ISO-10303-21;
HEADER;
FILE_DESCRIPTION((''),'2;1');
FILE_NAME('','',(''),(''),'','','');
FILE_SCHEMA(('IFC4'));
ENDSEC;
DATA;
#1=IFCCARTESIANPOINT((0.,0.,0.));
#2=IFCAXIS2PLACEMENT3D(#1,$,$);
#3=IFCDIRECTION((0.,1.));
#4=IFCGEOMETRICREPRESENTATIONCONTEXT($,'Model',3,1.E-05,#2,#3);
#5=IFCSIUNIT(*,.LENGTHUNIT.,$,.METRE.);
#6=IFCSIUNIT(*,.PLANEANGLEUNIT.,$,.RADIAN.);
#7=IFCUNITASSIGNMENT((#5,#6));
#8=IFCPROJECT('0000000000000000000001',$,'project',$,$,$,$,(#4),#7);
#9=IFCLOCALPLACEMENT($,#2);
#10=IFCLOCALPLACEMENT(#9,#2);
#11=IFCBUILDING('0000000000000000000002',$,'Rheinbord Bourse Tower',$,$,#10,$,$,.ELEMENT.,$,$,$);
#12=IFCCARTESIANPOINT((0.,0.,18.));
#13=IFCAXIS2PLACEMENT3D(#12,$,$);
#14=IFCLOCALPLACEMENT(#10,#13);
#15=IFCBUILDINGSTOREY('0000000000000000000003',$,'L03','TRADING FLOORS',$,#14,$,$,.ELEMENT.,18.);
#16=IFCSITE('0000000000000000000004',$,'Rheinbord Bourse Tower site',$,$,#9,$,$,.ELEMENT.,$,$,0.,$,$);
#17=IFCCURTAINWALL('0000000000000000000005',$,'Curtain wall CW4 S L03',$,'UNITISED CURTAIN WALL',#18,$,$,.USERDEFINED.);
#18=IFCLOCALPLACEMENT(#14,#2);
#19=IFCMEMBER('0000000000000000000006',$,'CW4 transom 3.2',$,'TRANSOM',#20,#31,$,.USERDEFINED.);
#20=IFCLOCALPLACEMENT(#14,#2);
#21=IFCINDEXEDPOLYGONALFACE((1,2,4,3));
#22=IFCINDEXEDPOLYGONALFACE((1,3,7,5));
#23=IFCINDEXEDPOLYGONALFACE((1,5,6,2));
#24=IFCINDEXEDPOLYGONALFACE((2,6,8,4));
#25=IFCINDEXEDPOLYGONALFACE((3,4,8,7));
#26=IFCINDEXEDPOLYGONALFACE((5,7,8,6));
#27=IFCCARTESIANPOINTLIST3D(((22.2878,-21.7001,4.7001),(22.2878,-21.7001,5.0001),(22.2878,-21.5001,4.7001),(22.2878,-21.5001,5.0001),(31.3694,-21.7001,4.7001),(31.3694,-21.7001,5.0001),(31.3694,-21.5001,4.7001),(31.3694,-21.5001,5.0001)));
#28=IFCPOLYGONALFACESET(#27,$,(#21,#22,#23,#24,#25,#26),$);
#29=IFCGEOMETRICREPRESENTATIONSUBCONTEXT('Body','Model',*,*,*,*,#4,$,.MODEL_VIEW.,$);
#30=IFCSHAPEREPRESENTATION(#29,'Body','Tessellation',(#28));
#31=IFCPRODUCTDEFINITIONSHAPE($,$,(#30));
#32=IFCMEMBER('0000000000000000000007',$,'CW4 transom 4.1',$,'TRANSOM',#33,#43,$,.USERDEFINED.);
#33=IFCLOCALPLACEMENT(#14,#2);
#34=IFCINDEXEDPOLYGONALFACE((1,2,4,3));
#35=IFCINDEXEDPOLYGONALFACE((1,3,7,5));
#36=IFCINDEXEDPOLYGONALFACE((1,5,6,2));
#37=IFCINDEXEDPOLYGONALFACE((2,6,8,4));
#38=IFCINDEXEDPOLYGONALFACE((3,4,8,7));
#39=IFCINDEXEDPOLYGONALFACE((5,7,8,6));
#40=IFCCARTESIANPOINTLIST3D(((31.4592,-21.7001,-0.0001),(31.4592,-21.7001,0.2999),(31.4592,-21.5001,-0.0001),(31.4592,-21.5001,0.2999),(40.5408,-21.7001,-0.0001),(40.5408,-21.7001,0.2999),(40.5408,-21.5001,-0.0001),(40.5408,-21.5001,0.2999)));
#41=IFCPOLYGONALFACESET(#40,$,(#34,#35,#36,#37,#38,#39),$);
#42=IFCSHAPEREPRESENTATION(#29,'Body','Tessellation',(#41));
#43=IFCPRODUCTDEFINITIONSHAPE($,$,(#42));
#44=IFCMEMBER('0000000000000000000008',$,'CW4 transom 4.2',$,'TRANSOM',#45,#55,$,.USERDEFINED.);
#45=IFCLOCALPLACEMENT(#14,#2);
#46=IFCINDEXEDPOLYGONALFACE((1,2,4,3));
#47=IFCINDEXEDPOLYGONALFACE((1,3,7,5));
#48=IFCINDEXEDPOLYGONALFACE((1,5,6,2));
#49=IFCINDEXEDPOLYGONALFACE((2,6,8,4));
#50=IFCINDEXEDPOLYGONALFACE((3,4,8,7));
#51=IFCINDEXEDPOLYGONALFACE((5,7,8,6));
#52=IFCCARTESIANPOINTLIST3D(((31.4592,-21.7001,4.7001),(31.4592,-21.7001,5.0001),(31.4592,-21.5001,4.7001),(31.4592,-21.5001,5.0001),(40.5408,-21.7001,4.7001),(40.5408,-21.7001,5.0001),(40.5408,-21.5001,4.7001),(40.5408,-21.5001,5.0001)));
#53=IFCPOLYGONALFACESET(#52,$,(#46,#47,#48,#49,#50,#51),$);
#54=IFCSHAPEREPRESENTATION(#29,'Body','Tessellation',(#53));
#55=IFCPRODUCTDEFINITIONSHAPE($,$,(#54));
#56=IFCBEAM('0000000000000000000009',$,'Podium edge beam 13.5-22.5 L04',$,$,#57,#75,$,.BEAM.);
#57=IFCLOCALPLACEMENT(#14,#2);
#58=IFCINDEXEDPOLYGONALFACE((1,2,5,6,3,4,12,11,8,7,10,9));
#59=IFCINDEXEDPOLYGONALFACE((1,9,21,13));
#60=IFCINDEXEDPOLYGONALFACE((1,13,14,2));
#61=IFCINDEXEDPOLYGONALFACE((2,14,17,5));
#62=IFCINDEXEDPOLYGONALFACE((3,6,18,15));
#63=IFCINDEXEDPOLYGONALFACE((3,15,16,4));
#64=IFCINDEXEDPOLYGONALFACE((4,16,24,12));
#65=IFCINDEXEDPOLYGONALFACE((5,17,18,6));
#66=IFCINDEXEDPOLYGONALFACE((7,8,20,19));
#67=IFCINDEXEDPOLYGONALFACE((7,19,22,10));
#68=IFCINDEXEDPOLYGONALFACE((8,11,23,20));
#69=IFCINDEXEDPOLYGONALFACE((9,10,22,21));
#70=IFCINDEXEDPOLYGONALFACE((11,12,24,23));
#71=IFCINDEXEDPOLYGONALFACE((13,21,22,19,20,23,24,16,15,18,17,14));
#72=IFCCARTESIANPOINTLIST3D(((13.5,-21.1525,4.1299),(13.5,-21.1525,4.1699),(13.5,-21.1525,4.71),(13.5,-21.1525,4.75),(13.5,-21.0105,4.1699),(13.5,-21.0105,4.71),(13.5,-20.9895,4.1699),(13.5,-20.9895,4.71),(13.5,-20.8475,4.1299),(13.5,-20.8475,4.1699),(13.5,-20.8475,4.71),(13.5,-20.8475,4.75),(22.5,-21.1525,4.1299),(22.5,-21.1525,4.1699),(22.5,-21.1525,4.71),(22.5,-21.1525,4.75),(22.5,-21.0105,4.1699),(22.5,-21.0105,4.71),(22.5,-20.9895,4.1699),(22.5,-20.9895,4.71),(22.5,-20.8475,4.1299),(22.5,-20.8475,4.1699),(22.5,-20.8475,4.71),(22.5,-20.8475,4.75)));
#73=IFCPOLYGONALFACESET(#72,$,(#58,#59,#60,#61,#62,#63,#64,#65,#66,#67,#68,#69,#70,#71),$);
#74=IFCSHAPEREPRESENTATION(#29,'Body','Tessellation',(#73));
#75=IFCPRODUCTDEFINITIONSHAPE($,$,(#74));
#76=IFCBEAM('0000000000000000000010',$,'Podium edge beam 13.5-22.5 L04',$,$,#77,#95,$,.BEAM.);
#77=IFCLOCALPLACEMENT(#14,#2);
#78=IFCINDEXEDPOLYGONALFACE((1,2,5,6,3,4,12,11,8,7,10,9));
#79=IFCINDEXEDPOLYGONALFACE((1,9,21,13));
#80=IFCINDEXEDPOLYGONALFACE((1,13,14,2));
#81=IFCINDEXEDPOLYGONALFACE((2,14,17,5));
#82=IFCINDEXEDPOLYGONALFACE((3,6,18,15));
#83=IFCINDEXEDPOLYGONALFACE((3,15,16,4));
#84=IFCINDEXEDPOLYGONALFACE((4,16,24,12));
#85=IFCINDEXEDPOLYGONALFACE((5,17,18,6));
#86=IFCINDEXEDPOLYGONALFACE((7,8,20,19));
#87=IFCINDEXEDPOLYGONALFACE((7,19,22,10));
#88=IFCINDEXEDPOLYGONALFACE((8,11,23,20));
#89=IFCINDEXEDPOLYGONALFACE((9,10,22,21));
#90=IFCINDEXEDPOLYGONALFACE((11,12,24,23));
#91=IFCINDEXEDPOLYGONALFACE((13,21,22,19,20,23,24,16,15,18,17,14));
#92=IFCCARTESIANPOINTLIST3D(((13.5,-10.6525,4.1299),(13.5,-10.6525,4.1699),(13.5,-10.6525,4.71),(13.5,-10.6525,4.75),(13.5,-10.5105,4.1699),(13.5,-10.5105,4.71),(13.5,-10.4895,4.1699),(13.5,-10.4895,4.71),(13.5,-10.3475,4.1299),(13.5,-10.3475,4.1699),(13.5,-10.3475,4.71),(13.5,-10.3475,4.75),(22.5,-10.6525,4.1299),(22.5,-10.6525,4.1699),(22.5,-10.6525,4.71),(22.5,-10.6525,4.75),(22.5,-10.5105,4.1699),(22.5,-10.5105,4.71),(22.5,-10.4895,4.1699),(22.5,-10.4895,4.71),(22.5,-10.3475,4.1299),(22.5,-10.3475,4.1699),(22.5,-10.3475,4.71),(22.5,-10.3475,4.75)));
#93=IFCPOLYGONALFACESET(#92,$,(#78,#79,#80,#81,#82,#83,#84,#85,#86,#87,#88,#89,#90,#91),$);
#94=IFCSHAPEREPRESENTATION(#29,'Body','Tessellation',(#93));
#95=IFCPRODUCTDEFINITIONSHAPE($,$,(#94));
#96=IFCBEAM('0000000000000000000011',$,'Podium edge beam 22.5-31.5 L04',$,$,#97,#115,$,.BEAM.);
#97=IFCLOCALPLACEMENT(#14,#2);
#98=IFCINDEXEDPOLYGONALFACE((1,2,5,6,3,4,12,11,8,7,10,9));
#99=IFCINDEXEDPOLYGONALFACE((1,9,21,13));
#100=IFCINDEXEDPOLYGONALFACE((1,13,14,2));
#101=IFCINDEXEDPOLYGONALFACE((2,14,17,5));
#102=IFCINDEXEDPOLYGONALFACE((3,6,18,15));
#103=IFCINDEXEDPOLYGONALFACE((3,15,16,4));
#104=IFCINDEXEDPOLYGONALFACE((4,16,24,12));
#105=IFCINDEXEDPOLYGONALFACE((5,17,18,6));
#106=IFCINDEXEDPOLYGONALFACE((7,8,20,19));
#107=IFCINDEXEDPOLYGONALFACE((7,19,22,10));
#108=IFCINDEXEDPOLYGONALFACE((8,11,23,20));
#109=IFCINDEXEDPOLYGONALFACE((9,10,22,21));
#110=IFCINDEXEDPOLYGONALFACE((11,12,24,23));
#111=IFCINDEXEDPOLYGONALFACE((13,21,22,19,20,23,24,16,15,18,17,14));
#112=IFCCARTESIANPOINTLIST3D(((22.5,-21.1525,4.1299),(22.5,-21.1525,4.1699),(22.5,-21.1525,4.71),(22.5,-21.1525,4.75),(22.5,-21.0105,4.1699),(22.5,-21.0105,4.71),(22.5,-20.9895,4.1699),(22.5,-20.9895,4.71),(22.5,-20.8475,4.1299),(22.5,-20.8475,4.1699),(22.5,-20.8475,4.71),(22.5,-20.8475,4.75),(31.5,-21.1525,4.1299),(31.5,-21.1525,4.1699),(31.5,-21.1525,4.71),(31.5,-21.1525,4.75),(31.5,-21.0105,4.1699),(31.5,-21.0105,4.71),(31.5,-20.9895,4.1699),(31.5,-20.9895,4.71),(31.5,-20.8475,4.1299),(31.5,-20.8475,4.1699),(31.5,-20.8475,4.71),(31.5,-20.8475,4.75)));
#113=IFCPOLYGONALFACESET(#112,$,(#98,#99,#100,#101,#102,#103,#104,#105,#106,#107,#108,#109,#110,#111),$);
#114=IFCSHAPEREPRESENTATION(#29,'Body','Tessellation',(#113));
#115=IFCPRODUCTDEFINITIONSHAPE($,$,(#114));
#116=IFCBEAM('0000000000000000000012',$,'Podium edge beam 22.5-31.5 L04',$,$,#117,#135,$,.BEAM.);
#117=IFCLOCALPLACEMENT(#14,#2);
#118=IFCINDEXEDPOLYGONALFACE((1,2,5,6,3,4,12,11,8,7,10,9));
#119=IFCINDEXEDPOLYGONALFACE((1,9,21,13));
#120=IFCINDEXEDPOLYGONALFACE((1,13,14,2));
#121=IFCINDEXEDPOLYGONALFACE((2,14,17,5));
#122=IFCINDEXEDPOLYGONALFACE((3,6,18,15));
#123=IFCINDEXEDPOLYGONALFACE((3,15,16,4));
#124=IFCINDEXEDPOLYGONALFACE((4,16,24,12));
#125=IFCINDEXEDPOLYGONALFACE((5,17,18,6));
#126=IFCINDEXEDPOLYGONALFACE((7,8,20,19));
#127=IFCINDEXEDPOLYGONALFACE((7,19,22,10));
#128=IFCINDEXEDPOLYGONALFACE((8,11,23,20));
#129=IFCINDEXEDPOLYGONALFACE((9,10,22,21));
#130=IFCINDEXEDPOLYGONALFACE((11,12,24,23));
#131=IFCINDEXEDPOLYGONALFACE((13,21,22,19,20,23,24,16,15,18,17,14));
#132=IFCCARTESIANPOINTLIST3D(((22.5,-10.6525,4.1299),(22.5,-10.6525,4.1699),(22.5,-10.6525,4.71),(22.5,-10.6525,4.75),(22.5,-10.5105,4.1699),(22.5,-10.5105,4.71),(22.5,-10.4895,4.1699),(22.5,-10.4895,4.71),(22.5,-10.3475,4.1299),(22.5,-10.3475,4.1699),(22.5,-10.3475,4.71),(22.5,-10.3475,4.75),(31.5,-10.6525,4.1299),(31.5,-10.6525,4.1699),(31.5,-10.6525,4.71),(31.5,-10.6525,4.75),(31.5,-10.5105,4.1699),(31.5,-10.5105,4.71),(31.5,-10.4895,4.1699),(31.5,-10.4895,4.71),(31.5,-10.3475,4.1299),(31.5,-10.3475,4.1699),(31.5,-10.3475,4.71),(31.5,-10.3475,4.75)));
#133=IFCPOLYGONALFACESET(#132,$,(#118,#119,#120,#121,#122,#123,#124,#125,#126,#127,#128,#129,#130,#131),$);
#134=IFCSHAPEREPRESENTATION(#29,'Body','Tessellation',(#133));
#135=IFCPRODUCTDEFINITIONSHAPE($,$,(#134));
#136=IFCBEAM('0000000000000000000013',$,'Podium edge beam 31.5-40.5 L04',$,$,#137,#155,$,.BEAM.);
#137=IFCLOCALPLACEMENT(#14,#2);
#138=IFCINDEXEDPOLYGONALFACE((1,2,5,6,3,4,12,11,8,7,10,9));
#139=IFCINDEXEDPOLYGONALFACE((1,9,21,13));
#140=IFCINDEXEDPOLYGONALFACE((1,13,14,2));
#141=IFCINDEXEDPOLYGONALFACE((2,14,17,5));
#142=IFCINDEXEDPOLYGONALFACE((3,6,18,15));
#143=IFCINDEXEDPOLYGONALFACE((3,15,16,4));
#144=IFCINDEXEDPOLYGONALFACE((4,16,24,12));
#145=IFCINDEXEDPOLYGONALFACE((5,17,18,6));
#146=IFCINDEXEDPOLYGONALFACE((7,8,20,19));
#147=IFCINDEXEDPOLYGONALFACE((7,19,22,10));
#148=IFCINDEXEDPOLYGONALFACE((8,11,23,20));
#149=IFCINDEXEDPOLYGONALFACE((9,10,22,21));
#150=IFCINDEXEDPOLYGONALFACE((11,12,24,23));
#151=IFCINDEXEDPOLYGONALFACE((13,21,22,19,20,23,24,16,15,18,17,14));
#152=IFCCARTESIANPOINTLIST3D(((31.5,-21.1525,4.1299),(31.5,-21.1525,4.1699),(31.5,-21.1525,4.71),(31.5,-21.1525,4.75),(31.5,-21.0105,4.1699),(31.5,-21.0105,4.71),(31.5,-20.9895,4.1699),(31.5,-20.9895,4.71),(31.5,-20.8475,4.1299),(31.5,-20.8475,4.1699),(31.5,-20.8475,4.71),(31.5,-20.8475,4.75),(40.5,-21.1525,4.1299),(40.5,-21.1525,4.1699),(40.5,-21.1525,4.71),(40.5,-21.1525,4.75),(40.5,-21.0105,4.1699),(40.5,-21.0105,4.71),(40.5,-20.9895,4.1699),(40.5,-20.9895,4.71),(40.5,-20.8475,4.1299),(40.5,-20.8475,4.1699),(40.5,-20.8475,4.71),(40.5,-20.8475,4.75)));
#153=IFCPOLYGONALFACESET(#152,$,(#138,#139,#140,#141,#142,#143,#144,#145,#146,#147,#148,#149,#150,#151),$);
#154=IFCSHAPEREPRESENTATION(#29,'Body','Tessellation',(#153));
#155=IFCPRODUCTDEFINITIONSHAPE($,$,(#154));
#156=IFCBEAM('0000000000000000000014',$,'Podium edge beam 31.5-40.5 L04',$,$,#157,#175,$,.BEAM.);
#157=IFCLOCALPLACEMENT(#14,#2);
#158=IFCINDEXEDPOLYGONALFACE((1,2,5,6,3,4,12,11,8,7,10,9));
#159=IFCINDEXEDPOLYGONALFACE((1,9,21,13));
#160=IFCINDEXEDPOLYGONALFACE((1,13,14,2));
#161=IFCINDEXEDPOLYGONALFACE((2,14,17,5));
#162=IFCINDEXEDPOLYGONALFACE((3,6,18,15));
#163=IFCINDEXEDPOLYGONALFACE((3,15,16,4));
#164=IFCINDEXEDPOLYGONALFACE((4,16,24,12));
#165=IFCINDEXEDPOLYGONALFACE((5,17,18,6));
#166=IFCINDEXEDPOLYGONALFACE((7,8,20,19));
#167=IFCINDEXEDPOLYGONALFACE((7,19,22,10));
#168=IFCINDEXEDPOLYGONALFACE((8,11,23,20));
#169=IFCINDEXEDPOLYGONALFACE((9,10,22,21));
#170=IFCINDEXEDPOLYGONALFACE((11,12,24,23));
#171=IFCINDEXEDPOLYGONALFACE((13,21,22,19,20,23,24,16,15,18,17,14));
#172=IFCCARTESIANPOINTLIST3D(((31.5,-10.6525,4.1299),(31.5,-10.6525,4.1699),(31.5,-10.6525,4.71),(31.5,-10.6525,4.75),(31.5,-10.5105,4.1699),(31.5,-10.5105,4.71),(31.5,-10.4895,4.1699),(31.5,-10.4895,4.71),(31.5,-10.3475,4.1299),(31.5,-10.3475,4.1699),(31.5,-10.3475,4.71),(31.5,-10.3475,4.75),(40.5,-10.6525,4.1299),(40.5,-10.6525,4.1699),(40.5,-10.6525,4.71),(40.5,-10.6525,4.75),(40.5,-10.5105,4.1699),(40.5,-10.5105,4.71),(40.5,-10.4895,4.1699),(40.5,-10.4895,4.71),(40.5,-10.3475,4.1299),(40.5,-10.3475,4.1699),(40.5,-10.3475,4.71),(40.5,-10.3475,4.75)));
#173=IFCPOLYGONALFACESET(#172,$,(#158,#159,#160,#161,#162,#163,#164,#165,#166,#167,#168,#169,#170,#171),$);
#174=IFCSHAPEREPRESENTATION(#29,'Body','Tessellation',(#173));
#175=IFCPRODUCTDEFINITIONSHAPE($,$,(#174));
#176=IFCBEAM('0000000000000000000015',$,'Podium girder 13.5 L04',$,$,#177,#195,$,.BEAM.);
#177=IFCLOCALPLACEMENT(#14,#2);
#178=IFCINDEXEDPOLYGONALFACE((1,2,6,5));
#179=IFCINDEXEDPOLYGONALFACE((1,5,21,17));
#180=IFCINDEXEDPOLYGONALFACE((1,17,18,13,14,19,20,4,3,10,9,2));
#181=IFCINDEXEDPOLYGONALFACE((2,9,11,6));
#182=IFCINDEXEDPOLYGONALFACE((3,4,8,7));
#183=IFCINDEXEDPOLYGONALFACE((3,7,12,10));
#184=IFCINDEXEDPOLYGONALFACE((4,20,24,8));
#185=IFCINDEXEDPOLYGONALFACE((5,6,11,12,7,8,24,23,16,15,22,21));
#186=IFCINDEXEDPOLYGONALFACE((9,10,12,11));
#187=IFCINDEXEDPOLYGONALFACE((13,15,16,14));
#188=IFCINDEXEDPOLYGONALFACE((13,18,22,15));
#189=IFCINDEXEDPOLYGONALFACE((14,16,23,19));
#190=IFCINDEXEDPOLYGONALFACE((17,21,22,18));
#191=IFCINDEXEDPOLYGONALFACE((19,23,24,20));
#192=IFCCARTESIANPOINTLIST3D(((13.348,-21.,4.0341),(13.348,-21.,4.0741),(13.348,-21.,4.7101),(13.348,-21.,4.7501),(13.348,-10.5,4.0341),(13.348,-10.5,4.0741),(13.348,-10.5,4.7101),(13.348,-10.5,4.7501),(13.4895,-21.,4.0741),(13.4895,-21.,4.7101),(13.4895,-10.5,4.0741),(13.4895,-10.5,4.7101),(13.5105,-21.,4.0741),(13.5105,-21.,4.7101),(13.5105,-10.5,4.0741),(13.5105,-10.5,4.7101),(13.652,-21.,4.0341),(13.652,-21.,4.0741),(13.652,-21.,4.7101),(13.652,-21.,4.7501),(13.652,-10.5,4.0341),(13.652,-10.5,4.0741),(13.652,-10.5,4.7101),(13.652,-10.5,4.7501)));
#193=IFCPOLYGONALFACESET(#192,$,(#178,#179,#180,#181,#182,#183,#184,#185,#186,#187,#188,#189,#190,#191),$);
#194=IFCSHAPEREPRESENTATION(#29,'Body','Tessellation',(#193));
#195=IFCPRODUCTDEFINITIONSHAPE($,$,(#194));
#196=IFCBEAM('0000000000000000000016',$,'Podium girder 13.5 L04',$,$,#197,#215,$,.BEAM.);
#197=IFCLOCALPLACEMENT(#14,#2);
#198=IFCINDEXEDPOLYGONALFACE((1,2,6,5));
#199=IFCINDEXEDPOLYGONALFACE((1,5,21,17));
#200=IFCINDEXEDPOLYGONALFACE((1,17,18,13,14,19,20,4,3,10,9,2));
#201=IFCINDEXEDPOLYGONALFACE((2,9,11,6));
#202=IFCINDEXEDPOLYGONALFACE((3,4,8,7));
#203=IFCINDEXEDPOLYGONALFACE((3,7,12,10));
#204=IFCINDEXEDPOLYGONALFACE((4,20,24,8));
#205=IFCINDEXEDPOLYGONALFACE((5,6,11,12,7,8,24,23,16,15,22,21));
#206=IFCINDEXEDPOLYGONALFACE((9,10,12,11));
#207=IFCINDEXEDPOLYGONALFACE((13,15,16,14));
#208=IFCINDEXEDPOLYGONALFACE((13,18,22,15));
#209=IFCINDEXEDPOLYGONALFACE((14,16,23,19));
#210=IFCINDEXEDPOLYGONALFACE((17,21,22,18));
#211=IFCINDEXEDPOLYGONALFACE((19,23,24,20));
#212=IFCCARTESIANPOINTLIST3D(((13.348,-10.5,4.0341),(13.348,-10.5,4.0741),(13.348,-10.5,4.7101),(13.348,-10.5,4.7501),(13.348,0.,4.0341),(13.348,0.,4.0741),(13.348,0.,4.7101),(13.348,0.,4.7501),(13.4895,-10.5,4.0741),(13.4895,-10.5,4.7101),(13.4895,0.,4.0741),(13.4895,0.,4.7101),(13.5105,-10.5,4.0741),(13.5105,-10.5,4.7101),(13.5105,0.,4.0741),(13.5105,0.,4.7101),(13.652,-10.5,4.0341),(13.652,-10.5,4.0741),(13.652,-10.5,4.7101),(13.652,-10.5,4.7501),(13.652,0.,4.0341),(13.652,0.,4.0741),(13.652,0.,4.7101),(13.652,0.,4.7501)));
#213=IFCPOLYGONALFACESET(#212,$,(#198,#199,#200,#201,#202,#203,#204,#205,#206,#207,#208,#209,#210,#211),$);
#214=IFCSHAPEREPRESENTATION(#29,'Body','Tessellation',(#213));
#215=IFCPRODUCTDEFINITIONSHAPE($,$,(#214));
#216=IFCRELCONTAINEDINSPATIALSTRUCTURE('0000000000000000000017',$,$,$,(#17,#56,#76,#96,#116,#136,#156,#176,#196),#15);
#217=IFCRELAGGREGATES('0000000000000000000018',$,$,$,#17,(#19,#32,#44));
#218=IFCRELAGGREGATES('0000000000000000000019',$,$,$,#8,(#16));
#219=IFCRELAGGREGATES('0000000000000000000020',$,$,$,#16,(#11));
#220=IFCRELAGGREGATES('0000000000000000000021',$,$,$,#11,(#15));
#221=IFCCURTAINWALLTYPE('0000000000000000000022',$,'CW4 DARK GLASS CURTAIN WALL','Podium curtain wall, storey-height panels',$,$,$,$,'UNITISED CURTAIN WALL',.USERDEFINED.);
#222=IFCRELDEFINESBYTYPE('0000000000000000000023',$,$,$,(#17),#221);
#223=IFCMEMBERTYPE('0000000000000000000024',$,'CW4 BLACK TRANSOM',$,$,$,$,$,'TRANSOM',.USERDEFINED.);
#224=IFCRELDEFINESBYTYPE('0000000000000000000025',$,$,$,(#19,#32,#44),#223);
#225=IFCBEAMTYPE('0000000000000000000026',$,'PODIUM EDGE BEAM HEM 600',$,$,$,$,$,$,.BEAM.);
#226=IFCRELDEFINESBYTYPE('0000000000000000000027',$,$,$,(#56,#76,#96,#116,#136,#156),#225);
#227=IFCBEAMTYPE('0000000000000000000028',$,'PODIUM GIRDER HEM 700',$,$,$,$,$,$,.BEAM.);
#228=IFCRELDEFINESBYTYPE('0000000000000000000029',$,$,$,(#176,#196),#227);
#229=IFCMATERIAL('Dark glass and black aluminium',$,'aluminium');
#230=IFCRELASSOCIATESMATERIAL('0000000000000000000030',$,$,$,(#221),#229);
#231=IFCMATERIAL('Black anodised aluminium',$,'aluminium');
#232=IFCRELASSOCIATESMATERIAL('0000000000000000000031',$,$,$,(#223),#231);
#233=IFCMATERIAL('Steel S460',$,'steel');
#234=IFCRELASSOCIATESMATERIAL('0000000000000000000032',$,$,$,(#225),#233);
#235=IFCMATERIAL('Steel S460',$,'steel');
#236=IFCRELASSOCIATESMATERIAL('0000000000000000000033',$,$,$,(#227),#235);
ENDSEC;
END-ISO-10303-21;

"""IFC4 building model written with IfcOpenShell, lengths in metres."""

from ifc_helpers import new_model, si_unit, direction, frame, origin, origin_2d, place, context, subcontext, project, spatial, rectangle, i_section, extrude, material, material_profile, profile_set, type_object, element, aggregate, save


model = new_model("IFC4")

# Units and contexts
model_context = context("Model", 3, precision=1e-05, world=origin(), true_north=direction((0.0, 1.0)))
body_context = subcontext(model_context, "Body", "Model", "MODEL_VIEW")
ifc_project = project(units=[si_unit("LENGTHUNIT", "METRE"), si_unit("PLANEANGLEUNIT", "RADIAN")], contexts=[model_context])

# Site, building, storey
site_placement = place(None, origin())
site = spatial("IfcSite", under=ifc_project, at=site_placement, Name="Rheinbord Bourse Tower site", CompositionType="ELEMENT", RefElevation=0.0)
building_placement = place(site_placement, origin())
building = spatial("IfcBuilding", under=site, at=building_placement, Name="Rheinbord Bourse Tower", CompositionType="ELEMENT")
storey_placement = place(building_placement, frame((0.0, 0.0, 18.0)))
storey = spatial("IfcBuildingStorey", under=building, at=storey_placement, Name="L03", Description="TRADING FLOORS", CompositionType="ELEMENT", Elevation=18.0)

# Curtain wall, members
ifc_material_1 = material(Name="Dark glass and black aluminium", Category="aluminium")
curtain_wall_type = type_object("IfcCurtainWallType", Name="CW4 DARK GLASS CURTAIN WALL", Description="Podium curtain wall, storey-height panels", ElementType="UNITISED CURTAIN WALL", PredefinedType="USERDEFINED", material=ifc_material_1)
curtain_wall_placement = place(storey_placement, origin())
curtain_wall = element("IfcCurtainWall", 1, at=curtain_wall_placement, inside=storey, type_object=curtain_wall_type, Name="Curtain wall CW4 S L03", ObjectType="UNITISED CURTAIN WALL", PredefinedType="USERDEFINED")
ifc_material_2 = material(Name="Black anodised aluminium", Category="aluminium")
ifc_material_profile_1 = material_profile(ifc_material_2, rectangle(XDim=0.2, YDim=0.3, at=origin_2d()), Name="CW4 TRANSOM 300x200")
ifc_profile_set_1 = profile_set([ifc_material_profile_1], Name="Black anodised aluminium")
member_type_1 = type_object("IfcMemberType", Name="CW4 BLACK TRANSOM", ElementType="TRANSOM", PredefinedType="USERDEFINED", material=ifc_profile_set_1)
member_1_placement = place(storey_placement, frame((22.2878, -21.6001, 4.8501), z_axis=(1.0, 0.0, 0.0), x_axis=(0.0, 1.0, 0.0)))
member_1 = element("IfcMember", 2, at=member_1_placement, type_object=member_type_1, Name="CW4 transom 3.2", ObjectType="TRANSOM", PredefinedType="USERDEFINED", context=body_context, shape_type="SweptSolid", body=[
    extrude(rectangle(XDim=0.2, YDim=0.3, at=origin_2d()), origin(), (0.0, 0.0, 1.0), 9.0815),
])
member_2_placement = place(storey_placement, frame((31.4592, -21.6001, 0.1499), z_axis=(1.0, 0.0, 0.0), x_axis=(0.0, 1.0, 0.0)))
member_2 = element("IfcMember", 3, at=member_2_placement, type_object=member_type_1, Name="CW4 transom 4.1", ObjectType="TRANSOM", PredefinedType="USERDEFINED", context=body_context, shape_type="SweptSolid", body=[
    extrude(rectangle(XDim=0.2, YDim=0.3, at=origin_2d()), origin(), (0.0, 0.0, 1.0), 9.0815),
])
member_3_placement = place(storey_placement, frame((31.4592, -21.6001, 4.8501), z_axis=(1.0, 0.0, 0.0), x_axis=(0.0, 1.0, 0.0)))
member_3 = element("IfcMember", 4, at=member_3_placement, type_object=member_type_1, Name="CW4 transom 4.2", ObjectType="TRANSOM", PredefinedType="USERDEFINED", context=body_context, shape_type="SweptSolid", body=[
    extrude(rectangle(XDim=0.2, YDim=0.3, at=origin_2d()), origin(), (0.0, 0.0, 1.0), 9.0815),
])

# Beams
ifc_material_3 = material(Name="Steel S460", Category="steel")
ifc_material_profile_2 = material_profile(ifc_material_3, i_section(OverallWidth=0.3049, OverallDepth=0.6201, WebThickness=0.021, FlangeThickness=0.04, at=origin_2d()), Name="HEM 600")
ifc_profile_set_2 = profile_set([ifc_material_profile_2], Name="Steel S460")
beam_type_1 = type_object("IfcBeamType", Name="PODIUM EDGE BEAM HEM 600", PredefinedType="BEAM", material=ifc_profile_set_2)
for number, where, z_axis, x_axis, name in (
    (5, (13.5, -21.0, 4.4399), (1.0, 0.0, 0.0), (0.0, 1.0, 0.0), "Podium edge beam 13.5-22.5 L04"),
    (6, (13.5, -10.5, 4.4399), (1.0, 0.0, 0.0), (0.0, 1.0, 0.0), "Podium edge beam 13.5-22.5 L04"),
    (7, (22.5, -21.0, 4.4399), (1.0, 0.0, 0.0), (0.0, 1.0, 0.0), "Podium edge beam 22.5-31.5 L04"),
    (8, (22.5, -10.5, 4.4399), (1.0, 0.0, 0.0), (0.0, 1.0, 0.0), "Podium edge beam 22.5-31.5 L04"),
    (9, (31.5, -21.0, 4.4399), (1.0, 0.0, 0.0), (0.0, 1.0, 0.0), "Podium edge beam 31.5-40.5 L04"),
    (10, (31.5, -10.5, 4.4399), (1.0, 0.0, 0.0), (0.0, 1.0, 0.0), "Podium edge beam 31.5-40.5 L04"),
):
    element("IfcBeam", number, at=place(storey_placement, frame(where, z_axis=z_axis, x_axis=x_axis)), inside=storey, type_object=beam_type_1, Name=name, PredefinedType="BEAM", context=body_context, shape_type="SweptSolid", body=[
        extrude(i_section(OverallWidth=0.3049, OverallDepth=0.6201, WebThickness=0.021, FlangeThickness=0.04, at=origin_2d()), origin(), (0.0, 0.0, 1.0), 9.0),
    ])
ifc_material_4 = material(Name="Steel S460", Category="steel")
ifc_material_profile_3 = material_profile(ifc_material_4, i_section(OverallWidth=0.304, OverallDepth=0.7161, WebThickness=0.021, FlangeThickness=0.04, at=origin_2d()), Name="HEM 700")
ifc_profile_set_3 = profile_set([ifc_material_profile_3], Name="Steel S460")
beam_type_2 = type_object("IfcBeamType", Name="PODIUM GIRDER HEM 700", PredefinedType="BEAM", material=ifc_profile_set_3)
for number, where, z_axis, x_axis, name in (
    (11, (13.5, -21.0, 4.3921), (0.0, 1.0, 0.0), (-1.0, 0.0, 0.0), "Podium girder 13.5 L04"),
    (12, (13.5, -10.5, 4.3921), (0.0, 1.0, 0.0), (-1.0, 0.0, 0.0), "Podium girder 13.5 L04"),
):
    element("IfcBeam", number, at=place(storey_placement, frame(where, z_axis=z_axis, x_axis=x_axis)), inside=storey, type_object=beam_type_2, Name=name, PredefinedType="BEAM", context=body_context, shape_type="SweptSolid", body=[
        extrude(i_section(OverallWidth=0.304, OverallDepth=0.7161, WebThickness=0.021, FlangeThickness=0.04, at=origin_2d()), origin(), (0.0, 0.0, 1.0), 10.5),
    ])

aggregate(curtain_wall, [member_1, member_2, member_3])

save(model, "model.ifc")
